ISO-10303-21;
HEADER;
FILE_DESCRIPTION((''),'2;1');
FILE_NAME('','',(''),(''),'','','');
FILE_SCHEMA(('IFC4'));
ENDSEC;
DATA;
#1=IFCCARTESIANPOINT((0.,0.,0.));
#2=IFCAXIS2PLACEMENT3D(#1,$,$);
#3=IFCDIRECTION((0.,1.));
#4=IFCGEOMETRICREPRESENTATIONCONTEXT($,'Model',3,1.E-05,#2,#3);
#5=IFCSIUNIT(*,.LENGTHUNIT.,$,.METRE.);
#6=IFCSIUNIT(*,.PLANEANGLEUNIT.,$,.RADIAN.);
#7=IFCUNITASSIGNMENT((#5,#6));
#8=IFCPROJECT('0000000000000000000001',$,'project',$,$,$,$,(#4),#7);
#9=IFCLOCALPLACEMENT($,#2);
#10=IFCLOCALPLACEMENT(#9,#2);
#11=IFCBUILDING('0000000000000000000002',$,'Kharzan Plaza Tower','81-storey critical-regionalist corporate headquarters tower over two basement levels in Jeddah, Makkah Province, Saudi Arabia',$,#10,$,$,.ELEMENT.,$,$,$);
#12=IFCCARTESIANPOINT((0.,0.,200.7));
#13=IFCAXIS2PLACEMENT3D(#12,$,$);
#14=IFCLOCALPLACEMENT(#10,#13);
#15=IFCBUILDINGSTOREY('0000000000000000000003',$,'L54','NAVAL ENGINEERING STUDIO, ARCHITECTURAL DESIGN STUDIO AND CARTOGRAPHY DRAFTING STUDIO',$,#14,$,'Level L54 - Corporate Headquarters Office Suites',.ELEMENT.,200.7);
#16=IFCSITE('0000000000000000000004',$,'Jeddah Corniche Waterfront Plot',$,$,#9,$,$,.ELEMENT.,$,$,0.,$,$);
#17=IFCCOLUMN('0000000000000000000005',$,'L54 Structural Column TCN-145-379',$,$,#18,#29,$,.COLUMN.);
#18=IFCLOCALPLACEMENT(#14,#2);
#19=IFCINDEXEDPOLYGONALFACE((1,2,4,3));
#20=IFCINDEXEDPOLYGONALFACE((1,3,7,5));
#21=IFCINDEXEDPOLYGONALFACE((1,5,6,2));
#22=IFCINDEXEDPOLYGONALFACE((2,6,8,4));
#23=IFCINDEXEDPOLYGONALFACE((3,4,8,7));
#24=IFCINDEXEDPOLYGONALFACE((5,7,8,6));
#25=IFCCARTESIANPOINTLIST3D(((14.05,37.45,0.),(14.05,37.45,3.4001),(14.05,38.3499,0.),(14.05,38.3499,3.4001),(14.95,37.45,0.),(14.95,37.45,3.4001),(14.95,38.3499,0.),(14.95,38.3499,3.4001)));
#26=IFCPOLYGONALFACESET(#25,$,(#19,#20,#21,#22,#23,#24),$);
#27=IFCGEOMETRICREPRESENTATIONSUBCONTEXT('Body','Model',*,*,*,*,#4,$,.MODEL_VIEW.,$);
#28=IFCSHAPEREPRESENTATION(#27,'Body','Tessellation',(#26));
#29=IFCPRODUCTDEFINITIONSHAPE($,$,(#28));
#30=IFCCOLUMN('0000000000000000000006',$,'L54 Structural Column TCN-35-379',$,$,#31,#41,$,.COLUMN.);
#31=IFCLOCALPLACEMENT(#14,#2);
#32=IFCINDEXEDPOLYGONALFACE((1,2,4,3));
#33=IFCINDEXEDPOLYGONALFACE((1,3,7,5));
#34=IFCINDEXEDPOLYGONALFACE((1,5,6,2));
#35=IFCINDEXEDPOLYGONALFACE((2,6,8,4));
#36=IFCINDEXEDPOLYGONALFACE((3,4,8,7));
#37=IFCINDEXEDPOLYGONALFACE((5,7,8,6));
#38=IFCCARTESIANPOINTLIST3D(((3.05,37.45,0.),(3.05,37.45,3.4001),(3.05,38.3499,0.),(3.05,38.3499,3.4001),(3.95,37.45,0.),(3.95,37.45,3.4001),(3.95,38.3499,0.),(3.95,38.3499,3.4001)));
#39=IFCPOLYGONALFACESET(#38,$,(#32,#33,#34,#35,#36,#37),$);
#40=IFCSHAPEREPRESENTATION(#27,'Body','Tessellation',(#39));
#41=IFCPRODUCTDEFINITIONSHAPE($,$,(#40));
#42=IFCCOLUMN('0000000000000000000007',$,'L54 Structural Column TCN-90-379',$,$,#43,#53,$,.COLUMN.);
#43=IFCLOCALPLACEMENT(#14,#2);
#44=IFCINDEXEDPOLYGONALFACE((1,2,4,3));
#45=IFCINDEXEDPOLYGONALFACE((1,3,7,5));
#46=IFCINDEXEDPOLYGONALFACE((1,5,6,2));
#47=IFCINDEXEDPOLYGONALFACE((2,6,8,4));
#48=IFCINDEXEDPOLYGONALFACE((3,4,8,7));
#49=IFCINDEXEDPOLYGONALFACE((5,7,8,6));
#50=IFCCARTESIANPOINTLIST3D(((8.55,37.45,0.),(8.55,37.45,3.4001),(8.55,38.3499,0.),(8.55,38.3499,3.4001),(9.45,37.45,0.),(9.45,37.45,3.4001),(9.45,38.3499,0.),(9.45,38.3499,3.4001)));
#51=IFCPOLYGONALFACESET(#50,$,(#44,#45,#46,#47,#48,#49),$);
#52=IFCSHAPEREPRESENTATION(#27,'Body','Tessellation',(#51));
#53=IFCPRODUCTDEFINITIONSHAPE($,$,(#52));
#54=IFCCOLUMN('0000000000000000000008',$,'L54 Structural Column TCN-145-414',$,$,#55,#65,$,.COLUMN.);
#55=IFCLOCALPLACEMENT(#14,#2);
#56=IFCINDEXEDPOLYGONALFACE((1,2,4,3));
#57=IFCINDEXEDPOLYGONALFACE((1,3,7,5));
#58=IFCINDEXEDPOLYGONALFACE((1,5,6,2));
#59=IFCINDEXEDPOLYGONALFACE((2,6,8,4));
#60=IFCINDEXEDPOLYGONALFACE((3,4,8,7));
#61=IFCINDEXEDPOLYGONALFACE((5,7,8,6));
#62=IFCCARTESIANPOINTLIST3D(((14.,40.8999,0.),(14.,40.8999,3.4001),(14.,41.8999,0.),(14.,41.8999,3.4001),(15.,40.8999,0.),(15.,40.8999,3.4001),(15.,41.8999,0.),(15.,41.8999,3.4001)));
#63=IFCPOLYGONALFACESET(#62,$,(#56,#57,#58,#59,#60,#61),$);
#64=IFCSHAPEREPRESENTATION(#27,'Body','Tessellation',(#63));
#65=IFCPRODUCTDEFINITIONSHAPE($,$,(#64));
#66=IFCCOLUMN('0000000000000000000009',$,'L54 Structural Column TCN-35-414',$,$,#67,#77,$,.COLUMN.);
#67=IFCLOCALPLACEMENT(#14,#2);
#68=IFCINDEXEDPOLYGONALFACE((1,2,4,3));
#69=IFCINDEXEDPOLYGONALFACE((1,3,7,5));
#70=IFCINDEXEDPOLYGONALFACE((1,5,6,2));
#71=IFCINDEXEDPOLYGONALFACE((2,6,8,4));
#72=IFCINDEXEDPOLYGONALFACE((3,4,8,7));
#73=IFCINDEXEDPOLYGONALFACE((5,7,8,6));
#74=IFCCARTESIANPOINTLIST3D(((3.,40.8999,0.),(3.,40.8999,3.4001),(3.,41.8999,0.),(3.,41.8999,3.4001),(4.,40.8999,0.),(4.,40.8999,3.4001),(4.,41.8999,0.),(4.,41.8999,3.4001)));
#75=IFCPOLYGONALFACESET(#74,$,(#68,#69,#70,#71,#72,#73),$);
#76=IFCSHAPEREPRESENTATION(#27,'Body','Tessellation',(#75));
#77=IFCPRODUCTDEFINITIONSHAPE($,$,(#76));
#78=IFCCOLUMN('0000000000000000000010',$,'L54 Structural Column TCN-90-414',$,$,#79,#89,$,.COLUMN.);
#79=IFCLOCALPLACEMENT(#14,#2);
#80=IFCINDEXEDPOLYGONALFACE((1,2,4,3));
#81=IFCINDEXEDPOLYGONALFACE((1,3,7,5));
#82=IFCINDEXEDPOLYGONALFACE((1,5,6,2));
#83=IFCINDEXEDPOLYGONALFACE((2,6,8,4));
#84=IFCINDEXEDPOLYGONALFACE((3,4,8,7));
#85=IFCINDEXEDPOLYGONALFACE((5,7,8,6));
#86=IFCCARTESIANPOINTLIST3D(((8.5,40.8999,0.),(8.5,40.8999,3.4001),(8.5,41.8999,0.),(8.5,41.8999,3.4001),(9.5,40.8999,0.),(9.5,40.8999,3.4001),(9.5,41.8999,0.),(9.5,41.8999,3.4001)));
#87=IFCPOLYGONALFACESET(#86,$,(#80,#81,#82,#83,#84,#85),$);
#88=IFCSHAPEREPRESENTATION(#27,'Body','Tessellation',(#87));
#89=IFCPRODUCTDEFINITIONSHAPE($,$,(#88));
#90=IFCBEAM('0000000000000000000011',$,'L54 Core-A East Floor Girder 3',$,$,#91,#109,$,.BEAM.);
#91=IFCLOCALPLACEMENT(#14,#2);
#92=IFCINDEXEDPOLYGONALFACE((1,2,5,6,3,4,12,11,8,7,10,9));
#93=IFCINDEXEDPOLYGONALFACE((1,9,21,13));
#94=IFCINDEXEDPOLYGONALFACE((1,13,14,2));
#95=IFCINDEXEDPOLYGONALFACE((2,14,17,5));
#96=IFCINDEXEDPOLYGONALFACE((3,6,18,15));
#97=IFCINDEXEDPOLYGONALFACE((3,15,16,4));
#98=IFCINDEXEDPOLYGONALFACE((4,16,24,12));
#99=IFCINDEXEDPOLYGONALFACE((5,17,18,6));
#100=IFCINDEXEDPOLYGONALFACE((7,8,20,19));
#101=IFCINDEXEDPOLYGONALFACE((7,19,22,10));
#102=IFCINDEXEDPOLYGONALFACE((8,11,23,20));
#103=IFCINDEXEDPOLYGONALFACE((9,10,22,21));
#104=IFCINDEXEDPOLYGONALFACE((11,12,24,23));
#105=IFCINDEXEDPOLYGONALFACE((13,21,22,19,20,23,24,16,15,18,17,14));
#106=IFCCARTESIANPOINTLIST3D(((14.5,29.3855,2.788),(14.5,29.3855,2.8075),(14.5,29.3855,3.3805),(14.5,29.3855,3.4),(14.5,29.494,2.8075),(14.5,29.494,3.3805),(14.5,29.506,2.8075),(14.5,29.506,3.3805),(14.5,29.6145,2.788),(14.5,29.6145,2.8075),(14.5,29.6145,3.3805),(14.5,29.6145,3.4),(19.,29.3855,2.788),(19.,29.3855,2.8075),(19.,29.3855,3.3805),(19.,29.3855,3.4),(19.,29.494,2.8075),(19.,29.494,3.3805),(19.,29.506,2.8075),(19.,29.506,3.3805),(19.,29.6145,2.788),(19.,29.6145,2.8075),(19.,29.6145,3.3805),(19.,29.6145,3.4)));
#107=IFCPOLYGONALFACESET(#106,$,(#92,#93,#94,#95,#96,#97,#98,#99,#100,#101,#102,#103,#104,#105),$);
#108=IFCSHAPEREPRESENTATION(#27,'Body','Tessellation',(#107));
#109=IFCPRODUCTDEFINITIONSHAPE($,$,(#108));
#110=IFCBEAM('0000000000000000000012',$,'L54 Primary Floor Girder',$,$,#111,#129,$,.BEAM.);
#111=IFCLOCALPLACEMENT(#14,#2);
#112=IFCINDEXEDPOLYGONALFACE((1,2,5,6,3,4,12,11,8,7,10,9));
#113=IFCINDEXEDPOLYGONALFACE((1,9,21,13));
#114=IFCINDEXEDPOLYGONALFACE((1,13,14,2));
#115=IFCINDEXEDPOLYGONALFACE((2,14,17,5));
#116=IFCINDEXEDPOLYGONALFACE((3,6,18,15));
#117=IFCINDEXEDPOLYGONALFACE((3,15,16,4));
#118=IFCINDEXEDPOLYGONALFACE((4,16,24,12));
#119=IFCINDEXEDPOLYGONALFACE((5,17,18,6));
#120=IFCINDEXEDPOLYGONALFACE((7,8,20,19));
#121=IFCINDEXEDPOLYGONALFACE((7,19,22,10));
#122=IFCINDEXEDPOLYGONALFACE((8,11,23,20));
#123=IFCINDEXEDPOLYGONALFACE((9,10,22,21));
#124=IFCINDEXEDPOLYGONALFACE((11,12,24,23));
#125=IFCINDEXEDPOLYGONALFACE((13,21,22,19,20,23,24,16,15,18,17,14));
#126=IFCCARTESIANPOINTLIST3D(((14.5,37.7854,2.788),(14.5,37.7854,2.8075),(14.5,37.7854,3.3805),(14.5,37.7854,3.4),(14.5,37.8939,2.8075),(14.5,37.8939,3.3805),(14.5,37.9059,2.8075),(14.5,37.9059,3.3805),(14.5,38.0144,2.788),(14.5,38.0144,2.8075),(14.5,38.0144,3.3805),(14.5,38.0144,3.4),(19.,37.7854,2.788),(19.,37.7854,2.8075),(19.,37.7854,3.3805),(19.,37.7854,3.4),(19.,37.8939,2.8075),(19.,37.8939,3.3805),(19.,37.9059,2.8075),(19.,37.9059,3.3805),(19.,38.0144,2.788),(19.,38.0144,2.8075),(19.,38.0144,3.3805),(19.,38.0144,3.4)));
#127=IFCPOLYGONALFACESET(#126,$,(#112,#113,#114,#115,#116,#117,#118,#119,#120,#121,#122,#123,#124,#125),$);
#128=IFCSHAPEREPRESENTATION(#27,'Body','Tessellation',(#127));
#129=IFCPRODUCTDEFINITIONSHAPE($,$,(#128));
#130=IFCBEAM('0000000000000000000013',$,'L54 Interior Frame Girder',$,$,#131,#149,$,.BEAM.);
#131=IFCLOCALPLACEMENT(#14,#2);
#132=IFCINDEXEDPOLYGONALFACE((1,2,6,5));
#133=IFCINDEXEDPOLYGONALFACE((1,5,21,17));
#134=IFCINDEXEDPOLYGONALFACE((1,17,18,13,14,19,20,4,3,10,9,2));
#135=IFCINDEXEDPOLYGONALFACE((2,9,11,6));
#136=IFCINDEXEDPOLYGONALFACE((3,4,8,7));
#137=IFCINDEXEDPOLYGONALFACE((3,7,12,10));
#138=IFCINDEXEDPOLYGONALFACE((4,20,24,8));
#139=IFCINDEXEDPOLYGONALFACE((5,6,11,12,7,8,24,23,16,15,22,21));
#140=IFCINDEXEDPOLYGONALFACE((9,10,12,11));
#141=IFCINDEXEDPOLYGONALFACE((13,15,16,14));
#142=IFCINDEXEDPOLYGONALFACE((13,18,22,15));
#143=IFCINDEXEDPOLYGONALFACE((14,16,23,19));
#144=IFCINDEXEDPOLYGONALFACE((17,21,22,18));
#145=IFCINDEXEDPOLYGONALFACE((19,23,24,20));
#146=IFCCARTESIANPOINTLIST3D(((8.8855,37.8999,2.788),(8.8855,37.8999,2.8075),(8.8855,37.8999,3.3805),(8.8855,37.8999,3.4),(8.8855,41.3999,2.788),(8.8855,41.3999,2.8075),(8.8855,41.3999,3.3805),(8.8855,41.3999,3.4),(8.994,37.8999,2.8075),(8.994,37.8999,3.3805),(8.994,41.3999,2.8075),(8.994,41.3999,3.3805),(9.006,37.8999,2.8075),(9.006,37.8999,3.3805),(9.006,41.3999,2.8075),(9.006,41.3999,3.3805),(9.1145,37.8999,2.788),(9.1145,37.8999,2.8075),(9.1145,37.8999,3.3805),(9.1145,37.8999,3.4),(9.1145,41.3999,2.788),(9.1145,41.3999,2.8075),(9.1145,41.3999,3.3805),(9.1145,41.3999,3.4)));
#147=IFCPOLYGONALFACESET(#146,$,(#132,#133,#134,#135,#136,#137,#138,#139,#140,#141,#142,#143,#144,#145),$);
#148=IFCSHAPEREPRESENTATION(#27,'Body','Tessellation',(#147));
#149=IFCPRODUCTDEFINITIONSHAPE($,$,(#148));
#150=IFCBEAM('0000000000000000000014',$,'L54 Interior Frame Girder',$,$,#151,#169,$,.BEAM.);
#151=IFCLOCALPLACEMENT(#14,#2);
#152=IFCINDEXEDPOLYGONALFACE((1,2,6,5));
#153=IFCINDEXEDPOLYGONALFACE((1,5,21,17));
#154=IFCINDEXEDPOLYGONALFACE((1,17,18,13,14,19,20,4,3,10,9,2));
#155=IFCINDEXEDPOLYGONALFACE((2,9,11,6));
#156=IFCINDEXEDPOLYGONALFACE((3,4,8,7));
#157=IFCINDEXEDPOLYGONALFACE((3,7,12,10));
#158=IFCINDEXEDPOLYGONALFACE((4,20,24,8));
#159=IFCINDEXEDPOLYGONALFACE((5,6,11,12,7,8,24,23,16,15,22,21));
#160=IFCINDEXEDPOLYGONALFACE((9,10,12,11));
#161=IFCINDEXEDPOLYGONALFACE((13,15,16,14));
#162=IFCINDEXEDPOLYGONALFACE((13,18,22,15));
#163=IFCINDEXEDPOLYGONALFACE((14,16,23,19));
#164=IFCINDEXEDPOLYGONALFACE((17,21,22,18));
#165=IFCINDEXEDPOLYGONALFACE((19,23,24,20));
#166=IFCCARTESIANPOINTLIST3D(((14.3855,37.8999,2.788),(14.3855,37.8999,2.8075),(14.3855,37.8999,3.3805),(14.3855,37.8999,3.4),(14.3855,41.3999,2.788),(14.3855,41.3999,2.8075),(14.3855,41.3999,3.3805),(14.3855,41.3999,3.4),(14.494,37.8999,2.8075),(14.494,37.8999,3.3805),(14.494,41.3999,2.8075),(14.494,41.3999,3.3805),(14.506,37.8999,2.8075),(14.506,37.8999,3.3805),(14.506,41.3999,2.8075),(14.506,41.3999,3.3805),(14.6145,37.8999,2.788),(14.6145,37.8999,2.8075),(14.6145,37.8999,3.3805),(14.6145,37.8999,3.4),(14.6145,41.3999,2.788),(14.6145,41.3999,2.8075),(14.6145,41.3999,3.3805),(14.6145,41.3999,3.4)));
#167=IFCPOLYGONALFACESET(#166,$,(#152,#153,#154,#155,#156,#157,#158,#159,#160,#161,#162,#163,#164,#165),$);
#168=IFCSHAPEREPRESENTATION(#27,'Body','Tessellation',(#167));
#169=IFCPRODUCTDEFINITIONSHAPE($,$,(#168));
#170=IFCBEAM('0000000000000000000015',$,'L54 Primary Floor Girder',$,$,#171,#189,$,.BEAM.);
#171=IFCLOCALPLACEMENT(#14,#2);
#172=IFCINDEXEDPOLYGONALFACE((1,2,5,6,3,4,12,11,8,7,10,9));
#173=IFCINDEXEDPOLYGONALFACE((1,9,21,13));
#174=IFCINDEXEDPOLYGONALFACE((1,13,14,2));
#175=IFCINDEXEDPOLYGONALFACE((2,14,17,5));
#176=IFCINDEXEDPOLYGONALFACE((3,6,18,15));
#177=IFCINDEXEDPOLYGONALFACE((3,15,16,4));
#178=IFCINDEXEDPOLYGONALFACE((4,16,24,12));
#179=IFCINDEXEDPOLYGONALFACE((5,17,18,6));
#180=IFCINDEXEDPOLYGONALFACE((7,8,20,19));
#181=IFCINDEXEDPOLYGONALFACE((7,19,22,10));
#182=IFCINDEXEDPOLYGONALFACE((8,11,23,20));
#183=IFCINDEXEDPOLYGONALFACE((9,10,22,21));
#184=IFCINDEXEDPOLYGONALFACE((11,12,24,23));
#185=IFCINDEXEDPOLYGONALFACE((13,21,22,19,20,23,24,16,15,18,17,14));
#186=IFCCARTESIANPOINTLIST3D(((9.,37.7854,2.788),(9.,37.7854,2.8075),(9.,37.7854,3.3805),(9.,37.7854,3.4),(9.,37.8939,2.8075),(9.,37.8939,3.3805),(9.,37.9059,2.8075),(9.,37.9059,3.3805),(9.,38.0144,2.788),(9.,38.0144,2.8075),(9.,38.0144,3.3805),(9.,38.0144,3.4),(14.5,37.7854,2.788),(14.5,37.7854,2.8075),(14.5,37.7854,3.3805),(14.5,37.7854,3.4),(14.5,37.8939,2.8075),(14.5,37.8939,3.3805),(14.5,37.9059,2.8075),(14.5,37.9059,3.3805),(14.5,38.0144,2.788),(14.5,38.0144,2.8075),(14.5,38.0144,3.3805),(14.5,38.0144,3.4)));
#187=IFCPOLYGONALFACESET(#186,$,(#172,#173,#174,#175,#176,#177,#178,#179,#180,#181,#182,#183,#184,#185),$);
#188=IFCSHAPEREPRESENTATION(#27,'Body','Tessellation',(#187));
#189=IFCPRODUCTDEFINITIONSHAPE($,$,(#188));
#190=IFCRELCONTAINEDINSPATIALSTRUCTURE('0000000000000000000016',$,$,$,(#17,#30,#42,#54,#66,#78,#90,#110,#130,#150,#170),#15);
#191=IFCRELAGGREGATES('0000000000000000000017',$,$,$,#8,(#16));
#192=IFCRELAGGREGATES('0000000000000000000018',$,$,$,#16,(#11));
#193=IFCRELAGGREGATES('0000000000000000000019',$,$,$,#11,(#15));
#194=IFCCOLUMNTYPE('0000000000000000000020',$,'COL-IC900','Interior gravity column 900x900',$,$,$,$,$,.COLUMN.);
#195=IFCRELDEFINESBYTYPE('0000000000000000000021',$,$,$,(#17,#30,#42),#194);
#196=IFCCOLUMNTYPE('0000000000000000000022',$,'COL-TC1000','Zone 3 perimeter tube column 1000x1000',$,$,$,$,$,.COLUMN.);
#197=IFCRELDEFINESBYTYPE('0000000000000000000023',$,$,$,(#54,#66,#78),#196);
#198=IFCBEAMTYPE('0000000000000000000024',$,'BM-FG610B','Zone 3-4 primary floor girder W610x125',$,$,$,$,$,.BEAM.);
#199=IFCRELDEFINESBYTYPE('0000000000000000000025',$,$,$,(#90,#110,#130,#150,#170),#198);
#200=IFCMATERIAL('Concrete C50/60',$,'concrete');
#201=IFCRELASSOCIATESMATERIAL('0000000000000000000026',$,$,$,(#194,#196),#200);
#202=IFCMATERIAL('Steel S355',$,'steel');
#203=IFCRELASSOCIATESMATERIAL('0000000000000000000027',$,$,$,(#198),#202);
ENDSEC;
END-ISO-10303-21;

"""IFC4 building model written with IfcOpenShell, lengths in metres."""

from ifc_helpers import new_model, si_unit, direction, frame, origin, origin_2d, place, context, subcontext, project, spatial, rectangle, i_section, extrude, source, transform, mapped, material, material_profile, profile_set, type_object, element, save


model = new_model("IFC4")

# Units and contexts
model_context = context("Model", 3, precision=1e-05, world=origin(), true_north=direction((0.0, 1.0)))
body_context = subcontext(model_context, "Body", "Model", "MODEL_VIEW")
ifc_project = project(units=[si_unit("LENGTHUNIT", "METRE"), si_unit("PLANEANGLEUNIT", "RADIAN")], contexts=[model_context])

# Site, building, storey
site_placement = place(None, origin())
site = spatial("IfcSite", under=ifc_project, at=site_placement, Name="Jeddah Corniche Waterfront Plot", CompositionType="ELEMENT", RefElevation=0.0)
building_placement = place(site_placement, origin())
building = spatial("IfcBuilding", under=site, at=building_placement, Name="Kharzan Plaza Tower", Description="81-storey critical-regionalist corporate headquarters tower over two basement levels in Jeddah, Makkah Province, Saudi Arabia", CompositionType="ELEMENT")
storey_placement = place(building_placement, frame((0.0, 0.0, 200.7)))
storey = spatial("IfcBuildingStorey", under=building, at=storey_placement, Name="L54", Description="NAVAL ENGINEERING STUDIO, ARCHITECTURAL DESIGN STUDIO AND CARTOGRAPHY DRAFTING STUDIO", LongName="Level L54 - Corporate Headquarters Office Suites", CompositionType="ELEMENT", Elevation=200.7)

# Columns
ifc_material_1 = material(Name="Concrete C50/60", Category="concrete")
ifc_material_profile_1 = material_profile(ifc_material_1, rectangle(XDim=0.8999, YDim=0.8999, at=origin_2d()), Name="RC-IC900x900")
ifc_profile_set_1 = profile_set([ifc_material_profile_1], Name="Concrete C50/60")
column_type_1 = type_object("IfcColumnType", Name="COL-IC900", Description="Interior gravity column 900x900", PredefinedType="COLUMN", material=ifc_profile_set_1)
shared_shape_1 = source(origin(), body_context, "Body", "SweptSolid", [
    extrude(rectangle(XDim=0.8999, YDim=0.8999, at=origin_2d()), origin(), (0.0, 0.0, 1.0), 3.4001),
])
for number, where, z_axis, x_axis, name in (
    (1, (14.5, 37.8999, 0.0), (0.0, 0.0, 1.0), (1.0, 0.0, 0.0), "L54 Structural Column TCN-145-379"),
    (2, (3.5, 37.8999, 0.0), (0.0, 0.0, 1.0), (1.0, 0.0, 0.0), "L54 Structural Column TCN-35-379"),
    (3, (9.0, 37.8999, 0.0), (0.0, 0.0, 1.0), (1.0, 0.0, 0.0), "L54 Structural Column TCN-90-379"),
):
    element("IfcColumn", number, at=place(storey_placement, frame(where, z_axis=z_axis, x_axis=x_axis)), inside=storey, type_object=column_type_1, Name=name, PredefinedType="COLUMN", context=body_context, shape_type="MappedRepresentation", body=[
        mapped(shared_shape_1, transform((0.0, 0.0, 0.0), x_axis=(1.0, 0.0, 0.0), y_axis=(0.0, 1.0, 0.0), z_axis=(0.0, 0.0, 1.0))),
    ])
ifc_material_profile_2 = material_profile(ifc_material_1, rectangle(XDim=1.0, YDim=1.0, at=origin_2d()), Name="RC-TC1000x1000")
ifc_profile_set_2 = profile_set([ifc_material_profile_2], Name="Concrete C50/60")
column_type_2 = type_object("IfcColumnType", Name="COL-TC1000", Description="Zone 3 perimeter tube column 1000x1000", PredefinedType="COLUMN", material=ifc_profile_set_2)
shared_shape_2 = source(origin(), body_context, "Body", "SweptSolid", [
    extrude(rectangle(XDim=1.0, YDim=1.0, at=origin_2d()), origin(), (0.0, 0.0, 1.0), 3.4001),
])
for number, where, z_axis, x_axis, name in (
    (4, (14.5, 41.3999, 0.0), (0.0, 0.0, 1.0), (1.0, 0.0, 0.0), "L54 Structural Column TCN-145-414"),
    (5, (3.5, 41.3999, 0.0), (0.0, 0.0, 1.0), (1.0, 0.0, 0.0), "L54 Structural Column TCN-35-414"),
    (6, (9.0, 41.3999, 0.0), (0.0, 0.0, 1.0), (1.0, 0.0, 0.0), "L54 Structural Column TCN-90-414"),
):
    element("IfcColumn", number, at=place(storey_placement, frame(where, z_axis=z_axis, x_axis=x_axis)), inside=storey, type_object=column_type_2, Name=name, PredefinedType="COLUMN", context=body_context, shape_type="MappedRepresentation", body=[
        mapped(shared_shape_2, transform((0.0, 0.0, 0.0), x_axis=(1.0, 0.0, 0.0), y_axis=(0.0, 1.0, 0.0), z_axis=(0.0, 0.0, 1.0))),
    ])

# Beams
ifc_material_2 = material(Name="Steel S355", Category="steel")
ifc_material_profile_3 = material_profile(ifc_material_2, i_section(OverallWidth=0.229, OverallDepth=0.6121, WebThickness=0.012, FlangeThickness=0.0195, at=origin_2d()), Name="W610x125")
ifc_profile_set_3 = profile_set([ifc_material_profile_3], Name="Steel S355")
beam_type_1 = type_object("IfcBeamType", Name="BM-FG610B", Description="Zone 3-4 primary floor girder W610x125", PredefinedType="BEAM", material=ifc_profile_set_3)
shared_shape_3 = source(origin(), body_context, "Body", "SweptSolid", [
    extrude(i_section(OverallWidth=0.229, OverallDepth=0.6121, WebThickness=0.012, FlangeThickness=0.0195, at=origin_2d()), origin(), (0.0, 0.0, 1.0), 4.5),
])
for number, where, z_axis, x_axis, name in (
    (7, (14.5, 29.5, 3.094), (1.0, 0.0, 0.0), (0.0, 1.0, 0.0), "L54 Core-A East Floor Girder 3"),
    (8, (14.5, 37.8999, 3.094), (1.0, 0.0, 0.0), (0.0, 1.0, 0.0), "L54 Primary Floor Girder"),
):
    element("IfcBeam", number, at=place(storey_placement, frame(where, z_axis=z_axis, x_axis=x_axis)), inside=storey, type_object=beam_type_1, Name=name, PredefinedType="BEAM", context=body_context, shape_type="MappedRepresentation", body=[
        mapped(shared_shape_3, transform((0.0, 0.0, 0.0), x_axis=(1.0, 0.0, 0.0), y_axis=(0.0, 1.0, 0.0), z_axis=(0.0, 0.0, 1.0))),
    ])
shared_shape_4 = source(origin(), body_context, "Body", "SweptSolid", [
    extrude(i_section(OverallWidth=0.229, OverallDepth=0.6121, WebThickness=0.012, FlangeThickness=0.0195, at=origin_2d()), origin(), (0.0, 0.0, 1.0), 3.5),
])
for number, where, z_axis, x_axis, name in (
    (9, (9.0, 37.8999, 3.094), (0.0, 1.0, 0.0), (-1.0, 0.0, 0.0), "L54 Interior Frame Girder"),
    (10, (14.5, 37.8999, 3.094), (0.0, 1.0, 0.0), (-1.0, 0.0, 0.0), "L54 Interior Frame Girder"),
):
    element("IfcBeam", number, at=place(storey_placement, frame(where, z_axis=z_axis, x_axis=x_axis)), inside=storey, type_object=beam_type_1, Name=name, PredefinedType="BEAM", context=body_context, shape_type="MappedRepresentation", body=[
        mapped(shared_shape_4, transform((0.0, 0.0, 0.0), x_axis=(1.0, 0.0, 0.0), y_axis=(0.0, 1.0, 0.0), z_axis=(0.0, 0.0, 1.0))),
    ])
shared_shape_5 = source(origin(), body_context, "Body", "SweptSolid", [
    extrude(i_section(OverallWidth=0.229, OverallDepth=0.6121, WebThickness=0.012, FlangeThickness=0.0195, at=origin_2d()), origin(), (0.0, 0.0, 1.0), 5.5),
])
beam_1_placement = place(storey_placement, frame((9.0, 37.8999, 3.094), z_axis=(1.0, 0.0, 0.0), x_axis=(0.0, 1.0, 0.0)))
element("IfcBeam", 11, at=beam_1_placement, inside=storey, type_object=beam_type_1, Name="L54 Primary Floor Girder", PredefinedType="BEAM", context=body_context, shape_type="MappedRepresentation", body=[
    mapped(shared_shape_5, transform((0.0, 0.0, 0.0), x_axis=(1.0, 0.0, 0.0), y_axis=(0.0, 1.0, 0.0), z_axis=(0.0, 0.0, 1.0))),
])

save(model, "model.ifc")
